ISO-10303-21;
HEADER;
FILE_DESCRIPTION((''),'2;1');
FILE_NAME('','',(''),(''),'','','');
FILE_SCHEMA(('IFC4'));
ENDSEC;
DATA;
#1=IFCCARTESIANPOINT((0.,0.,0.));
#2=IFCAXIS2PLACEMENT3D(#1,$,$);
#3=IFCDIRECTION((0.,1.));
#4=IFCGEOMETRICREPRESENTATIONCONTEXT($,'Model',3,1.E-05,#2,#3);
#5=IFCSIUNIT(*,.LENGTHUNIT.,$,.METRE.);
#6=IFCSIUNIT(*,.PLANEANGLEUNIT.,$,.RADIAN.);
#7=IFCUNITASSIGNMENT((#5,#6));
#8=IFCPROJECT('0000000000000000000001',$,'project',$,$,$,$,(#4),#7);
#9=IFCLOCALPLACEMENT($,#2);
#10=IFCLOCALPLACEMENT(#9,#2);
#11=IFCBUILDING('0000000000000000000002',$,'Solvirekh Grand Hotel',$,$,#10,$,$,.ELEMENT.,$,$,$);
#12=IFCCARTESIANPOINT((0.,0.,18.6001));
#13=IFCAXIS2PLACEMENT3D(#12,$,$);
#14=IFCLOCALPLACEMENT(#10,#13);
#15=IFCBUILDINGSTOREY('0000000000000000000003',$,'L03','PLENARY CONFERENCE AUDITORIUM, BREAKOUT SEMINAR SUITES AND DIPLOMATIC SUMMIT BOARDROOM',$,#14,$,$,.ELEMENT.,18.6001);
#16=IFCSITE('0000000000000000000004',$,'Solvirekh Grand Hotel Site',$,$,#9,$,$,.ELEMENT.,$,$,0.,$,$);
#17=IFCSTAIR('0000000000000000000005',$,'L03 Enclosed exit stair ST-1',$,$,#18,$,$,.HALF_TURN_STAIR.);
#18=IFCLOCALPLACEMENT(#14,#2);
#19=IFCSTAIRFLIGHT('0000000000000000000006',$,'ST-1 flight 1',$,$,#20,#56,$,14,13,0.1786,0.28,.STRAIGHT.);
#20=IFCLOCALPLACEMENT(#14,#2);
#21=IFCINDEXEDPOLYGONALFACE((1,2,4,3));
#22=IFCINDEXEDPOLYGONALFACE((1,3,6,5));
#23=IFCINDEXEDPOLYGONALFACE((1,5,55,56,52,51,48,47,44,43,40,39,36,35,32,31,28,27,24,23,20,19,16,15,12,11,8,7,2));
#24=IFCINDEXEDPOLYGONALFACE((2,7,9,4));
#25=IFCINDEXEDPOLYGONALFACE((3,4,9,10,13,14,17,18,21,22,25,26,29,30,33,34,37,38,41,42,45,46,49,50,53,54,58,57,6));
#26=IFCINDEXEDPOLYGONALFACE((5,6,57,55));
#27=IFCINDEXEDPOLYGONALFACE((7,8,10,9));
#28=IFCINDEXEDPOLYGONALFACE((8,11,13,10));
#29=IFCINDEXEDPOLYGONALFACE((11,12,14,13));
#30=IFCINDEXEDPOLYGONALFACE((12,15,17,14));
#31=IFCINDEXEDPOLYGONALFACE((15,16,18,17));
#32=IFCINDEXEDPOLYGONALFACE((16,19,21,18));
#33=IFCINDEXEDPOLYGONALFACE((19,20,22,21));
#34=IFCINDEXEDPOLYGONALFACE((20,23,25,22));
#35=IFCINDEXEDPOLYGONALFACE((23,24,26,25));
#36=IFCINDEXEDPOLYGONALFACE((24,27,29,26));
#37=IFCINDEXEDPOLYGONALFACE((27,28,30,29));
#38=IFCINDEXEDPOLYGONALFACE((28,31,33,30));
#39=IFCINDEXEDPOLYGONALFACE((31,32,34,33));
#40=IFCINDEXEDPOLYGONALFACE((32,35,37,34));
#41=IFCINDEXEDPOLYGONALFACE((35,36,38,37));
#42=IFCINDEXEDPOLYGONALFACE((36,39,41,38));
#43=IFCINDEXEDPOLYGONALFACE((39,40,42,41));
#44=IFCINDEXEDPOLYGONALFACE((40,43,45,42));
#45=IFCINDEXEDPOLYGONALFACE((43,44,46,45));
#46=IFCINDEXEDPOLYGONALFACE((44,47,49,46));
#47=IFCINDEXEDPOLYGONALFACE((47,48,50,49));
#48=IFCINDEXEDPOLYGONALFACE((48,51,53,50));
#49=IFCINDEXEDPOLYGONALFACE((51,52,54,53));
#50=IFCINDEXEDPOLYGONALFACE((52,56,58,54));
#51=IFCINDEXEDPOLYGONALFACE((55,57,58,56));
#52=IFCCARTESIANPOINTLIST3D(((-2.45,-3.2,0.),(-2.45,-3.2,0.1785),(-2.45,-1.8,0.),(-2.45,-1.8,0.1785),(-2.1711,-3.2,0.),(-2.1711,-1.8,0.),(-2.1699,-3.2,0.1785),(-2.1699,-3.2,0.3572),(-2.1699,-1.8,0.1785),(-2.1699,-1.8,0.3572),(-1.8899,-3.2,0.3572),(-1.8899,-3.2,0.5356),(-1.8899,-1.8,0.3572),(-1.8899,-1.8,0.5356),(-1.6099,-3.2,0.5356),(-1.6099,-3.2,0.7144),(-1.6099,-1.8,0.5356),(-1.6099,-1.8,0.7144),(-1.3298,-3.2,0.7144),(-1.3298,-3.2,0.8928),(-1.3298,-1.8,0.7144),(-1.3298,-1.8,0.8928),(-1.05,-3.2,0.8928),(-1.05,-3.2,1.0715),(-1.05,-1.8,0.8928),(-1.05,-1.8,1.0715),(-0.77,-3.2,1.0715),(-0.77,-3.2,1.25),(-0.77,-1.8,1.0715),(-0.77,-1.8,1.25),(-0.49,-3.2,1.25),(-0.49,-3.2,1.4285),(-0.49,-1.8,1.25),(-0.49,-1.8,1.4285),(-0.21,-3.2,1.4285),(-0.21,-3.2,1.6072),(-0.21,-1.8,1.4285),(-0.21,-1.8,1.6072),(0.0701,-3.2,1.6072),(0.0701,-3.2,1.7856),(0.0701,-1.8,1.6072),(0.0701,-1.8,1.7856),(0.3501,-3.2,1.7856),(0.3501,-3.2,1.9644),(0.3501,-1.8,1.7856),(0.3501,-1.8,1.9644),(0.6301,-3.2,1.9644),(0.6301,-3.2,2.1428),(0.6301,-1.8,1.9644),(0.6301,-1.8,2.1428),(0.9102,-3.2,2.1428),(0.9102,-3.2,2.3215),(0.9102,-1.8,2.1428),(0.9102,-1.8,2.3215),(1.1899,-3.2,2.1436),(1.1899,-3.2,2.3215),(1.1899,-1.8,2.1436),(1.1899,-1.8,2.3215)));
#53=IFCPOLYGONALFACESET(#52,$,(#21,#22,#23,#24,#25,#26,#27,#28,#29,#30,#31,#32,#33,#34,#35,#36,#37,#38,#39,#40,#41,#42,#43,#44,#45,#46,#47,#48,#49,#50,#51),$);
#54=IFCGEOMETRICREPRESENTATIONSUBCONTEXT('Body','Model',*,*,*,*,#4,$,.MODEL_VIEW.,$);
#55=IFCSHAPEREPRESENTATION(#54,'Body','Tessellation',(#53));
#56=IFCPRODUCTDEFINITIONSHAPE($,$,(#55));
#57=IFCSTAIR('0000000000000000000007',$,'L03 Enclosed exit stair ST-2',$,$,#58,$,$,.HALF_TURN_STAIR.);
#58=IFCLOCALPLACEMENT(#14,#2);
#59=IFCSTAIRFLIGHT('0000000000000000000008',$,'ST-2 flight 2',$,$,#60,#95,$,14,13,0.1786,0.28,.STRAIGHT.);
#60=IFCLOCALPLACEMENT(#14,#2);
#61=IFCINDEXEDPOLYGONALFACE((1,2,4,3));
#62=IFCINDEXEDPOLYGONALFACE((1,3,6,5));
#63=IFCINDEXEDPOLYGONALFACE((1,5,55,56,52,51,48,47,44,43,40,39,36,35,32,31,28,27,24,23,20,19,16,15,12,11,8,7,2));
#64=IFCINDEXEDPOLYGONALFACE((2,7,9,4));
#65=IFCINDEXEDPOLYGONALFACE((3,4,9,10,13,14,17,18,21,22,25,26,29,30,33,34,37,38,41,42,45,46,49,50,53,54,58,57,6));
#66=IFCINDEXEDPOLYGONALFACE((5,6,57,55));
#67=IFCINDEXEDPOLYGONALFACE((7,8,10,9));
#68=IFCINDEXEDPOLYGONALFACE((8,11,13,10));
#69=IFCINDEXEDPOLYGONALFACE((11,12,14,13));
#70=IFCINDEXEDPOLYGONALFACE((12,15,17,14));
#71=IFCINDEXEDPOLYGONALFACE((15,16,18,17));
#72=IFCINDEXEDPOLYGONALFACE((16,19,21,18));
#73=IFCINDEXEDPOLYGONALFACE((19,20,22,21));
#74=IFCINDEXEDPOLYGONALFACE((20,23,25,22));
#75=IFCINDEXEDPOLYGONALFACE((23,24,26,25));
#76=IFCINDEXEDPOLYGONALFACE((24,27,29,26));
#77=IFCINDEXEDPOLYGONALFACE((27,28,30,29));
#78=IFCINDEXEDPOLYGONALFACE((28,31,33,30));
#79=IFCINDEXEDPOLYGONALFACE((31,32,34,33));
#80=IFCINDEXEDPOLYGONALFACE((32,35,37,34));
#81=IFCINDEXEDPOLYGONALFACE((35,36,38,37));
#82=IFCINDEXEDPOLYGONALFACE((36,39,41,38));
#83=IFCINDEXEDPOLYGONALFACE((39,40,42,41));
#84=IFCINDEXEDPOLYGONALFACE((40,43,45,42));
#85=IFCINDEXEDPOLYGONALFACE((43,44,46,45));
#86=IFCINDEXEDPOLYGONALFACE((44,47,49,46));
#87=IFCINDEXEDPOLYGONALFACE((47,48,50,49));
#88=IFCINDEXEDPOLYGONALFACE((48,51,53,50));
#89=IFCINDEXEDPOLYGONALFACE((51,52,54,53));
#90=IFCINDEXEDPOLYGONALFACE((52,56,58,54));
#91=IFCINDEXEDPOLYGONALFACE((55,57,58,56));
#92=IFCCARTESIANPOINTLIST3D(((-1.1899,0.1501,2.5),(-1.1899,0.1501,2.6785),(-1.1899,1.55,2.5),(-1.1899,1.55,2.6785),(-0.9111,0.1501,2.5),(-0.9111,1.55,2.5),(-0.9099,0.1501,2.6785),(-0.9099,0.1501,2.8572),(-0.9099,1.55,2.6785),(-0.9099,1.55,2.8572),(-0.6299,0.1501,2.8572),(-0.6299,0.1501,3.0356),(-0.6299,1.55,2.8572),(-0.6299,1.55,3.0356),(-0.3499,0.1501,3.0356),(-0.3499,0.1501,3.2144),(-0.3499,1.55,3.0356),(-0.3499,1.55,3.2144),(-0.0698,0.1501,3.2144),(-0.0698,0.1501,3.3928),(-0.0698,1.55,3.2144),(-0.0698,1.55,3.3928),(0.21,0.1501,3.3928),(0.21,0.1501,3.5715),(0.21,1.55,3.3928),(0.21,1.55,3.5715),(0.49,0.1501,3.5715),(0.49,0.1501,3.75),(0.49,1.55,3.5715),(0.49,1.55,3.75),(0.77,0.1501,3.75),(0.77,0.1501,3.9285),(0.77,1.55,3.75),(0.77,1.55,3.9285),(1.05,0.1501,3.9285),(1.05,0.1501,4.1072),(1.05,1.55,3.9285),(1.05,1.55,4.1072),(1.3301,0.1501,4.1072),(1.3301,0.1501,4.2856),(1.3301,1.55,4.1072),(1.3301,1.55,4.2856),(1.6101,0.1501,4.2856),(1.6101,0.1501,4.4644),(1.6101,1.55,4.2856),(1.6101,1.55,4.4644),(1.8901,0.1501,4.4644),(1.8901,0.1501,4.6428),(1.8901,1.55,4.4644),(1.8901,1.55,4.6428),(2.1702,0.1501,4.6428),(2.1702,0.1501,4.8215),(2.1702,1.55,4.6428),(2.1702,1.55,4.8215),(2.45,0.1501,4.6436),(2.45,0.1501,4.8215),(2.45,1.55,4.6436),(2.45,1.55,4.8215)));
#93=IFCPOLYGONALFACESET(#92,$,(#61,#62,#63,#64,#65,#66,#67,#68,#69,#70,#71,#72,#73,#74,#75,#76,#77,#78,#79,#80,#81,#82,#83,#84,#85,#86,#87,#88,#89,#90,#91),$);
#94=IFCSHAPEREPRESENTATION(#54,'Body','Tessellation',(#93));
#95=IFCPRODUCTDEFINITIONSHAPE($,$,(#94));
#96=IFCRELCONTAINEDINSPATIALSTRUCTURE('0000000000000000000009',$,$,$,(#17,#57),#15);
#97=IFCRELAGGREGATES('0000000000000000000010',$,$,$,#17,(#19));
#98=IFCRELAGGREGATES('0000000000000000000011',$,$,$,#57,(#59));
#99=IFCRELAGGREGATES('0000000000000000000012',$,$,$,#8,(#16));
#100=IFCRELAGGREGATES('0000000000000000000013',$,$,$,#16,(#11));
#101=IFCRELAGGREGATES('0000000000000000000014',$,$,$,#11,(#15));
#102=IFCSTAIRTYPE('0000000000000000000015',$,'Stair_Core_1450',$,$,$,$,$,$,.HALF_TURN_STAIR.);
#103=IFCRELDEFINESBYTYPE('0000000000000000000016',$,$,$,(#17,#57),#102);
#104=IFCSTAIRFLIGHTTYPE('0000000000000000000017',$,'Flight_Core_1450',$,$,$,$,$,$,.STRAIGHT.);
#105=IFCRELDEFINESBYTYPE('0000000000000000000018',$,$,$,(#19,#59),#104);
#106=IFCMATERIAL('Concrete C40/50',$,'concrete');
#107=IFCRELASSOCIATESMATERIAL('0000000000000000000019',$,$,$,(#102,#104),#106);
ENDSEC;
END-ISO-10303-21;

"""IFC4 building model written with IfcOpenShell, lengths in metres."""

from ifc_helpers import new_model, si_unit, direction, frame, origin, place, context, subcontext, project, spatial, polyline, outline, extrude, material, type_object, element, aggregate, save


model = new_model("IFC4")

# Units and contexts
model_context = context("Model", 3, precision=1e-05, world=origin(), true_north=direction((0.0, 1.0)))
body_context = subcontext(model_context, "Body", "Model", "MODEL_VIEW")
ifc_project = project(units=[si_unit("LENGTHUNIT", "METRE"), si_unit("PLANEANGLEUNIT", "RADIAN")], contexts=[model_context])

# Site, building, storey
site_placement = place(None, origin())
site = spatial("IfcSite", under=ifc_project, at=site_placement, Name="Solvirekh Grand Hotel Site", CompositionType="ELEMENT", RefElevation=0.0)
building_placement = place(site_placement, origin())
building = spatial("IfcBuilding", under=site, at=building_placement, Name="Solvirekh Grand Hotel", CompositionType="ELEMENT")
storey_placement = place(building_placement, frame((0.0, 0.0, 18.6001)))
storey = spatial("IfcBuildingStorey", under=building, at=storey_placement, Name="L03", Description="PLENARY CONFERENCE AUDITORIUM, BREAKOUT SEMINAR SUITES AND DIPLOMATIC SUMMIT BOARDROOM", CompositionType="ELEMENT", Elevation=18.6001)

# Shared definitions
ifc_material_1 = material(Name="Concrete C40/50", Category="concrete")

# Stairs, stair flights
stair_type = type_object("IfcStairType", Name="Stair_Core_1450", PredefinedType="HALF_TURN_STAIR", material=ifc_material_1)
stair_1_placement = place(storey_placement, origin())
stair_1 = element("IfcStair", 1, at=stair_1_placement, inside=storey, type_object=stair_type, Name="L03 Enclosed exit stair ST-1", PredefinedType="HALF_TURN_STAIR")
stair_flight_type = type_object("IfcStairFlightType", Name="Flight_Core_1450", PredefinedType="STRAIGHT", material=ifc_material_1)
stair_flight_1_placement = place(storey_placement, frame((-2.45, -2.5, 0.0), z_axis=(0.0, 0.0, 1.0), x_axis=(1.0, 0.0, 0.0)))
stair_flight_1 = element("IfcStairFlight", 2, at=stair_flight_1_placement, type_object=stair_flight_type, Name="ST-1 flight 1", NumberOfRisers=14, NumberOfTreads=13, PredefinedType="STRAIGHT", RiserHeight=0.1786, TreadLength=0.28, context=body_context, shape_type="SweptSolid", body=[
    extrude(outline(polyline([(0.0, 0.0), (0.0, 0.1785), (0.28, 0.1785), (0.28, 0.3572), (0.5601, 0.3572), (0.5601, 0.5356), (0.8401, 0.5356), (0.8401, 0.7144), (1.1201, 0.7144), (1.1201, 0.8928), (1.3999, 0.8928), (1.3999, 1.0715), (1.6799, 1.0715), (1.6799, 1.25), (1.96, 1.25), (1.96, 1.4285), (2.24, 1.4285), (2.24, 1.6072), (2.52, 1.6072), (2.52, 1.7856), (2.8, 1.7856), (2.8, 1.9644), (3.0801, 1.9644), (3.0801, 2.1428), (3.3601, 2.1428), (3.3601, 2.3215), (3.6399, 2.3215), (3.6399, 2.5), (3.6399, 2.1436), (0.2788, 0.0), (0.0, 0.0)])), frame((0.0, 0.7, 0.0), z_axis=(0.0, -1.0, 0.0), x_axis=(1.0, 0.0, 0.0)), (0.0, 0.0, 1.0), 1.3999),
])
aggregate(stair_1, [stair_flight_1])
stair_2_placement = place(storey_placement, origin())
stair_2 = element("IfcStair", 3, at=stair_2_placement, inside=storey, type_object=stair_type, Name="L03 Enclosed exit stair ST-2", PredefinedType="HALF_TURN_STAIR")
stair_flight_2_placement = place(storey_placement, frame((-1.1899, 0.8501, 2.5), z_axis=(0.0, 0.0, 1.0), x_axis=(1.0, 0.0, 0.0)))
stair_flight_2 = element("IfcStairFlight", 4, at=stair_flight_2_placement, type_object=stair_flight_type, Name="ST-2 flight 2", NumberOfRisers=14, NumberOfTreads=13, PredefinedType="STRAIGHT", RiserHeight=0.1786, TreadLength=0.28, context=body_context, shape_type="SweptSolid", body=[
    extrude(outline(polyline([(0.0, 0.0), (0.0, 0.1785), (0.28, 0.1785), (0.28, 0.3572), (0.5601, 0.3572), (0.5601, 0.5356), (0.8401, 0.5356), (0.8401, 0.7144), (1.1201, 0.7144), (1.1201, 0.8928), (1.3999, 0.8928), (1.3999, 1.0715), (1.6799, 1.0715), (1.6799, 1.25), (1.96, 1.25), (1.96, 1.4285), (2.24, 1.4285), (2.24, 1.6072), (2.52, 1.6072), (2.52, 1.7856), (2.8, 1.7856), (2.8, 1.9644), (3.0801, 1.9644), (3.0801, 2.1428), (3.3601, 2.1428), (3.3601, 2.3215), (3.6399, 2.3215), (3.6399, 2.5), (3.6399, 2.1436), (0.2788, 0.0), (0.0, 0.0)])), frame((0.0, 0.7, 0.0), z_axis=(0.0, -1.0, 0.0), x_axis=(1.0, 0.0, 0.0)), (0.0, 0.0, 1.0), 1.3999),
])
aggregate(stair_2, [stair_flight_2])

save(model, "model.ifc")
